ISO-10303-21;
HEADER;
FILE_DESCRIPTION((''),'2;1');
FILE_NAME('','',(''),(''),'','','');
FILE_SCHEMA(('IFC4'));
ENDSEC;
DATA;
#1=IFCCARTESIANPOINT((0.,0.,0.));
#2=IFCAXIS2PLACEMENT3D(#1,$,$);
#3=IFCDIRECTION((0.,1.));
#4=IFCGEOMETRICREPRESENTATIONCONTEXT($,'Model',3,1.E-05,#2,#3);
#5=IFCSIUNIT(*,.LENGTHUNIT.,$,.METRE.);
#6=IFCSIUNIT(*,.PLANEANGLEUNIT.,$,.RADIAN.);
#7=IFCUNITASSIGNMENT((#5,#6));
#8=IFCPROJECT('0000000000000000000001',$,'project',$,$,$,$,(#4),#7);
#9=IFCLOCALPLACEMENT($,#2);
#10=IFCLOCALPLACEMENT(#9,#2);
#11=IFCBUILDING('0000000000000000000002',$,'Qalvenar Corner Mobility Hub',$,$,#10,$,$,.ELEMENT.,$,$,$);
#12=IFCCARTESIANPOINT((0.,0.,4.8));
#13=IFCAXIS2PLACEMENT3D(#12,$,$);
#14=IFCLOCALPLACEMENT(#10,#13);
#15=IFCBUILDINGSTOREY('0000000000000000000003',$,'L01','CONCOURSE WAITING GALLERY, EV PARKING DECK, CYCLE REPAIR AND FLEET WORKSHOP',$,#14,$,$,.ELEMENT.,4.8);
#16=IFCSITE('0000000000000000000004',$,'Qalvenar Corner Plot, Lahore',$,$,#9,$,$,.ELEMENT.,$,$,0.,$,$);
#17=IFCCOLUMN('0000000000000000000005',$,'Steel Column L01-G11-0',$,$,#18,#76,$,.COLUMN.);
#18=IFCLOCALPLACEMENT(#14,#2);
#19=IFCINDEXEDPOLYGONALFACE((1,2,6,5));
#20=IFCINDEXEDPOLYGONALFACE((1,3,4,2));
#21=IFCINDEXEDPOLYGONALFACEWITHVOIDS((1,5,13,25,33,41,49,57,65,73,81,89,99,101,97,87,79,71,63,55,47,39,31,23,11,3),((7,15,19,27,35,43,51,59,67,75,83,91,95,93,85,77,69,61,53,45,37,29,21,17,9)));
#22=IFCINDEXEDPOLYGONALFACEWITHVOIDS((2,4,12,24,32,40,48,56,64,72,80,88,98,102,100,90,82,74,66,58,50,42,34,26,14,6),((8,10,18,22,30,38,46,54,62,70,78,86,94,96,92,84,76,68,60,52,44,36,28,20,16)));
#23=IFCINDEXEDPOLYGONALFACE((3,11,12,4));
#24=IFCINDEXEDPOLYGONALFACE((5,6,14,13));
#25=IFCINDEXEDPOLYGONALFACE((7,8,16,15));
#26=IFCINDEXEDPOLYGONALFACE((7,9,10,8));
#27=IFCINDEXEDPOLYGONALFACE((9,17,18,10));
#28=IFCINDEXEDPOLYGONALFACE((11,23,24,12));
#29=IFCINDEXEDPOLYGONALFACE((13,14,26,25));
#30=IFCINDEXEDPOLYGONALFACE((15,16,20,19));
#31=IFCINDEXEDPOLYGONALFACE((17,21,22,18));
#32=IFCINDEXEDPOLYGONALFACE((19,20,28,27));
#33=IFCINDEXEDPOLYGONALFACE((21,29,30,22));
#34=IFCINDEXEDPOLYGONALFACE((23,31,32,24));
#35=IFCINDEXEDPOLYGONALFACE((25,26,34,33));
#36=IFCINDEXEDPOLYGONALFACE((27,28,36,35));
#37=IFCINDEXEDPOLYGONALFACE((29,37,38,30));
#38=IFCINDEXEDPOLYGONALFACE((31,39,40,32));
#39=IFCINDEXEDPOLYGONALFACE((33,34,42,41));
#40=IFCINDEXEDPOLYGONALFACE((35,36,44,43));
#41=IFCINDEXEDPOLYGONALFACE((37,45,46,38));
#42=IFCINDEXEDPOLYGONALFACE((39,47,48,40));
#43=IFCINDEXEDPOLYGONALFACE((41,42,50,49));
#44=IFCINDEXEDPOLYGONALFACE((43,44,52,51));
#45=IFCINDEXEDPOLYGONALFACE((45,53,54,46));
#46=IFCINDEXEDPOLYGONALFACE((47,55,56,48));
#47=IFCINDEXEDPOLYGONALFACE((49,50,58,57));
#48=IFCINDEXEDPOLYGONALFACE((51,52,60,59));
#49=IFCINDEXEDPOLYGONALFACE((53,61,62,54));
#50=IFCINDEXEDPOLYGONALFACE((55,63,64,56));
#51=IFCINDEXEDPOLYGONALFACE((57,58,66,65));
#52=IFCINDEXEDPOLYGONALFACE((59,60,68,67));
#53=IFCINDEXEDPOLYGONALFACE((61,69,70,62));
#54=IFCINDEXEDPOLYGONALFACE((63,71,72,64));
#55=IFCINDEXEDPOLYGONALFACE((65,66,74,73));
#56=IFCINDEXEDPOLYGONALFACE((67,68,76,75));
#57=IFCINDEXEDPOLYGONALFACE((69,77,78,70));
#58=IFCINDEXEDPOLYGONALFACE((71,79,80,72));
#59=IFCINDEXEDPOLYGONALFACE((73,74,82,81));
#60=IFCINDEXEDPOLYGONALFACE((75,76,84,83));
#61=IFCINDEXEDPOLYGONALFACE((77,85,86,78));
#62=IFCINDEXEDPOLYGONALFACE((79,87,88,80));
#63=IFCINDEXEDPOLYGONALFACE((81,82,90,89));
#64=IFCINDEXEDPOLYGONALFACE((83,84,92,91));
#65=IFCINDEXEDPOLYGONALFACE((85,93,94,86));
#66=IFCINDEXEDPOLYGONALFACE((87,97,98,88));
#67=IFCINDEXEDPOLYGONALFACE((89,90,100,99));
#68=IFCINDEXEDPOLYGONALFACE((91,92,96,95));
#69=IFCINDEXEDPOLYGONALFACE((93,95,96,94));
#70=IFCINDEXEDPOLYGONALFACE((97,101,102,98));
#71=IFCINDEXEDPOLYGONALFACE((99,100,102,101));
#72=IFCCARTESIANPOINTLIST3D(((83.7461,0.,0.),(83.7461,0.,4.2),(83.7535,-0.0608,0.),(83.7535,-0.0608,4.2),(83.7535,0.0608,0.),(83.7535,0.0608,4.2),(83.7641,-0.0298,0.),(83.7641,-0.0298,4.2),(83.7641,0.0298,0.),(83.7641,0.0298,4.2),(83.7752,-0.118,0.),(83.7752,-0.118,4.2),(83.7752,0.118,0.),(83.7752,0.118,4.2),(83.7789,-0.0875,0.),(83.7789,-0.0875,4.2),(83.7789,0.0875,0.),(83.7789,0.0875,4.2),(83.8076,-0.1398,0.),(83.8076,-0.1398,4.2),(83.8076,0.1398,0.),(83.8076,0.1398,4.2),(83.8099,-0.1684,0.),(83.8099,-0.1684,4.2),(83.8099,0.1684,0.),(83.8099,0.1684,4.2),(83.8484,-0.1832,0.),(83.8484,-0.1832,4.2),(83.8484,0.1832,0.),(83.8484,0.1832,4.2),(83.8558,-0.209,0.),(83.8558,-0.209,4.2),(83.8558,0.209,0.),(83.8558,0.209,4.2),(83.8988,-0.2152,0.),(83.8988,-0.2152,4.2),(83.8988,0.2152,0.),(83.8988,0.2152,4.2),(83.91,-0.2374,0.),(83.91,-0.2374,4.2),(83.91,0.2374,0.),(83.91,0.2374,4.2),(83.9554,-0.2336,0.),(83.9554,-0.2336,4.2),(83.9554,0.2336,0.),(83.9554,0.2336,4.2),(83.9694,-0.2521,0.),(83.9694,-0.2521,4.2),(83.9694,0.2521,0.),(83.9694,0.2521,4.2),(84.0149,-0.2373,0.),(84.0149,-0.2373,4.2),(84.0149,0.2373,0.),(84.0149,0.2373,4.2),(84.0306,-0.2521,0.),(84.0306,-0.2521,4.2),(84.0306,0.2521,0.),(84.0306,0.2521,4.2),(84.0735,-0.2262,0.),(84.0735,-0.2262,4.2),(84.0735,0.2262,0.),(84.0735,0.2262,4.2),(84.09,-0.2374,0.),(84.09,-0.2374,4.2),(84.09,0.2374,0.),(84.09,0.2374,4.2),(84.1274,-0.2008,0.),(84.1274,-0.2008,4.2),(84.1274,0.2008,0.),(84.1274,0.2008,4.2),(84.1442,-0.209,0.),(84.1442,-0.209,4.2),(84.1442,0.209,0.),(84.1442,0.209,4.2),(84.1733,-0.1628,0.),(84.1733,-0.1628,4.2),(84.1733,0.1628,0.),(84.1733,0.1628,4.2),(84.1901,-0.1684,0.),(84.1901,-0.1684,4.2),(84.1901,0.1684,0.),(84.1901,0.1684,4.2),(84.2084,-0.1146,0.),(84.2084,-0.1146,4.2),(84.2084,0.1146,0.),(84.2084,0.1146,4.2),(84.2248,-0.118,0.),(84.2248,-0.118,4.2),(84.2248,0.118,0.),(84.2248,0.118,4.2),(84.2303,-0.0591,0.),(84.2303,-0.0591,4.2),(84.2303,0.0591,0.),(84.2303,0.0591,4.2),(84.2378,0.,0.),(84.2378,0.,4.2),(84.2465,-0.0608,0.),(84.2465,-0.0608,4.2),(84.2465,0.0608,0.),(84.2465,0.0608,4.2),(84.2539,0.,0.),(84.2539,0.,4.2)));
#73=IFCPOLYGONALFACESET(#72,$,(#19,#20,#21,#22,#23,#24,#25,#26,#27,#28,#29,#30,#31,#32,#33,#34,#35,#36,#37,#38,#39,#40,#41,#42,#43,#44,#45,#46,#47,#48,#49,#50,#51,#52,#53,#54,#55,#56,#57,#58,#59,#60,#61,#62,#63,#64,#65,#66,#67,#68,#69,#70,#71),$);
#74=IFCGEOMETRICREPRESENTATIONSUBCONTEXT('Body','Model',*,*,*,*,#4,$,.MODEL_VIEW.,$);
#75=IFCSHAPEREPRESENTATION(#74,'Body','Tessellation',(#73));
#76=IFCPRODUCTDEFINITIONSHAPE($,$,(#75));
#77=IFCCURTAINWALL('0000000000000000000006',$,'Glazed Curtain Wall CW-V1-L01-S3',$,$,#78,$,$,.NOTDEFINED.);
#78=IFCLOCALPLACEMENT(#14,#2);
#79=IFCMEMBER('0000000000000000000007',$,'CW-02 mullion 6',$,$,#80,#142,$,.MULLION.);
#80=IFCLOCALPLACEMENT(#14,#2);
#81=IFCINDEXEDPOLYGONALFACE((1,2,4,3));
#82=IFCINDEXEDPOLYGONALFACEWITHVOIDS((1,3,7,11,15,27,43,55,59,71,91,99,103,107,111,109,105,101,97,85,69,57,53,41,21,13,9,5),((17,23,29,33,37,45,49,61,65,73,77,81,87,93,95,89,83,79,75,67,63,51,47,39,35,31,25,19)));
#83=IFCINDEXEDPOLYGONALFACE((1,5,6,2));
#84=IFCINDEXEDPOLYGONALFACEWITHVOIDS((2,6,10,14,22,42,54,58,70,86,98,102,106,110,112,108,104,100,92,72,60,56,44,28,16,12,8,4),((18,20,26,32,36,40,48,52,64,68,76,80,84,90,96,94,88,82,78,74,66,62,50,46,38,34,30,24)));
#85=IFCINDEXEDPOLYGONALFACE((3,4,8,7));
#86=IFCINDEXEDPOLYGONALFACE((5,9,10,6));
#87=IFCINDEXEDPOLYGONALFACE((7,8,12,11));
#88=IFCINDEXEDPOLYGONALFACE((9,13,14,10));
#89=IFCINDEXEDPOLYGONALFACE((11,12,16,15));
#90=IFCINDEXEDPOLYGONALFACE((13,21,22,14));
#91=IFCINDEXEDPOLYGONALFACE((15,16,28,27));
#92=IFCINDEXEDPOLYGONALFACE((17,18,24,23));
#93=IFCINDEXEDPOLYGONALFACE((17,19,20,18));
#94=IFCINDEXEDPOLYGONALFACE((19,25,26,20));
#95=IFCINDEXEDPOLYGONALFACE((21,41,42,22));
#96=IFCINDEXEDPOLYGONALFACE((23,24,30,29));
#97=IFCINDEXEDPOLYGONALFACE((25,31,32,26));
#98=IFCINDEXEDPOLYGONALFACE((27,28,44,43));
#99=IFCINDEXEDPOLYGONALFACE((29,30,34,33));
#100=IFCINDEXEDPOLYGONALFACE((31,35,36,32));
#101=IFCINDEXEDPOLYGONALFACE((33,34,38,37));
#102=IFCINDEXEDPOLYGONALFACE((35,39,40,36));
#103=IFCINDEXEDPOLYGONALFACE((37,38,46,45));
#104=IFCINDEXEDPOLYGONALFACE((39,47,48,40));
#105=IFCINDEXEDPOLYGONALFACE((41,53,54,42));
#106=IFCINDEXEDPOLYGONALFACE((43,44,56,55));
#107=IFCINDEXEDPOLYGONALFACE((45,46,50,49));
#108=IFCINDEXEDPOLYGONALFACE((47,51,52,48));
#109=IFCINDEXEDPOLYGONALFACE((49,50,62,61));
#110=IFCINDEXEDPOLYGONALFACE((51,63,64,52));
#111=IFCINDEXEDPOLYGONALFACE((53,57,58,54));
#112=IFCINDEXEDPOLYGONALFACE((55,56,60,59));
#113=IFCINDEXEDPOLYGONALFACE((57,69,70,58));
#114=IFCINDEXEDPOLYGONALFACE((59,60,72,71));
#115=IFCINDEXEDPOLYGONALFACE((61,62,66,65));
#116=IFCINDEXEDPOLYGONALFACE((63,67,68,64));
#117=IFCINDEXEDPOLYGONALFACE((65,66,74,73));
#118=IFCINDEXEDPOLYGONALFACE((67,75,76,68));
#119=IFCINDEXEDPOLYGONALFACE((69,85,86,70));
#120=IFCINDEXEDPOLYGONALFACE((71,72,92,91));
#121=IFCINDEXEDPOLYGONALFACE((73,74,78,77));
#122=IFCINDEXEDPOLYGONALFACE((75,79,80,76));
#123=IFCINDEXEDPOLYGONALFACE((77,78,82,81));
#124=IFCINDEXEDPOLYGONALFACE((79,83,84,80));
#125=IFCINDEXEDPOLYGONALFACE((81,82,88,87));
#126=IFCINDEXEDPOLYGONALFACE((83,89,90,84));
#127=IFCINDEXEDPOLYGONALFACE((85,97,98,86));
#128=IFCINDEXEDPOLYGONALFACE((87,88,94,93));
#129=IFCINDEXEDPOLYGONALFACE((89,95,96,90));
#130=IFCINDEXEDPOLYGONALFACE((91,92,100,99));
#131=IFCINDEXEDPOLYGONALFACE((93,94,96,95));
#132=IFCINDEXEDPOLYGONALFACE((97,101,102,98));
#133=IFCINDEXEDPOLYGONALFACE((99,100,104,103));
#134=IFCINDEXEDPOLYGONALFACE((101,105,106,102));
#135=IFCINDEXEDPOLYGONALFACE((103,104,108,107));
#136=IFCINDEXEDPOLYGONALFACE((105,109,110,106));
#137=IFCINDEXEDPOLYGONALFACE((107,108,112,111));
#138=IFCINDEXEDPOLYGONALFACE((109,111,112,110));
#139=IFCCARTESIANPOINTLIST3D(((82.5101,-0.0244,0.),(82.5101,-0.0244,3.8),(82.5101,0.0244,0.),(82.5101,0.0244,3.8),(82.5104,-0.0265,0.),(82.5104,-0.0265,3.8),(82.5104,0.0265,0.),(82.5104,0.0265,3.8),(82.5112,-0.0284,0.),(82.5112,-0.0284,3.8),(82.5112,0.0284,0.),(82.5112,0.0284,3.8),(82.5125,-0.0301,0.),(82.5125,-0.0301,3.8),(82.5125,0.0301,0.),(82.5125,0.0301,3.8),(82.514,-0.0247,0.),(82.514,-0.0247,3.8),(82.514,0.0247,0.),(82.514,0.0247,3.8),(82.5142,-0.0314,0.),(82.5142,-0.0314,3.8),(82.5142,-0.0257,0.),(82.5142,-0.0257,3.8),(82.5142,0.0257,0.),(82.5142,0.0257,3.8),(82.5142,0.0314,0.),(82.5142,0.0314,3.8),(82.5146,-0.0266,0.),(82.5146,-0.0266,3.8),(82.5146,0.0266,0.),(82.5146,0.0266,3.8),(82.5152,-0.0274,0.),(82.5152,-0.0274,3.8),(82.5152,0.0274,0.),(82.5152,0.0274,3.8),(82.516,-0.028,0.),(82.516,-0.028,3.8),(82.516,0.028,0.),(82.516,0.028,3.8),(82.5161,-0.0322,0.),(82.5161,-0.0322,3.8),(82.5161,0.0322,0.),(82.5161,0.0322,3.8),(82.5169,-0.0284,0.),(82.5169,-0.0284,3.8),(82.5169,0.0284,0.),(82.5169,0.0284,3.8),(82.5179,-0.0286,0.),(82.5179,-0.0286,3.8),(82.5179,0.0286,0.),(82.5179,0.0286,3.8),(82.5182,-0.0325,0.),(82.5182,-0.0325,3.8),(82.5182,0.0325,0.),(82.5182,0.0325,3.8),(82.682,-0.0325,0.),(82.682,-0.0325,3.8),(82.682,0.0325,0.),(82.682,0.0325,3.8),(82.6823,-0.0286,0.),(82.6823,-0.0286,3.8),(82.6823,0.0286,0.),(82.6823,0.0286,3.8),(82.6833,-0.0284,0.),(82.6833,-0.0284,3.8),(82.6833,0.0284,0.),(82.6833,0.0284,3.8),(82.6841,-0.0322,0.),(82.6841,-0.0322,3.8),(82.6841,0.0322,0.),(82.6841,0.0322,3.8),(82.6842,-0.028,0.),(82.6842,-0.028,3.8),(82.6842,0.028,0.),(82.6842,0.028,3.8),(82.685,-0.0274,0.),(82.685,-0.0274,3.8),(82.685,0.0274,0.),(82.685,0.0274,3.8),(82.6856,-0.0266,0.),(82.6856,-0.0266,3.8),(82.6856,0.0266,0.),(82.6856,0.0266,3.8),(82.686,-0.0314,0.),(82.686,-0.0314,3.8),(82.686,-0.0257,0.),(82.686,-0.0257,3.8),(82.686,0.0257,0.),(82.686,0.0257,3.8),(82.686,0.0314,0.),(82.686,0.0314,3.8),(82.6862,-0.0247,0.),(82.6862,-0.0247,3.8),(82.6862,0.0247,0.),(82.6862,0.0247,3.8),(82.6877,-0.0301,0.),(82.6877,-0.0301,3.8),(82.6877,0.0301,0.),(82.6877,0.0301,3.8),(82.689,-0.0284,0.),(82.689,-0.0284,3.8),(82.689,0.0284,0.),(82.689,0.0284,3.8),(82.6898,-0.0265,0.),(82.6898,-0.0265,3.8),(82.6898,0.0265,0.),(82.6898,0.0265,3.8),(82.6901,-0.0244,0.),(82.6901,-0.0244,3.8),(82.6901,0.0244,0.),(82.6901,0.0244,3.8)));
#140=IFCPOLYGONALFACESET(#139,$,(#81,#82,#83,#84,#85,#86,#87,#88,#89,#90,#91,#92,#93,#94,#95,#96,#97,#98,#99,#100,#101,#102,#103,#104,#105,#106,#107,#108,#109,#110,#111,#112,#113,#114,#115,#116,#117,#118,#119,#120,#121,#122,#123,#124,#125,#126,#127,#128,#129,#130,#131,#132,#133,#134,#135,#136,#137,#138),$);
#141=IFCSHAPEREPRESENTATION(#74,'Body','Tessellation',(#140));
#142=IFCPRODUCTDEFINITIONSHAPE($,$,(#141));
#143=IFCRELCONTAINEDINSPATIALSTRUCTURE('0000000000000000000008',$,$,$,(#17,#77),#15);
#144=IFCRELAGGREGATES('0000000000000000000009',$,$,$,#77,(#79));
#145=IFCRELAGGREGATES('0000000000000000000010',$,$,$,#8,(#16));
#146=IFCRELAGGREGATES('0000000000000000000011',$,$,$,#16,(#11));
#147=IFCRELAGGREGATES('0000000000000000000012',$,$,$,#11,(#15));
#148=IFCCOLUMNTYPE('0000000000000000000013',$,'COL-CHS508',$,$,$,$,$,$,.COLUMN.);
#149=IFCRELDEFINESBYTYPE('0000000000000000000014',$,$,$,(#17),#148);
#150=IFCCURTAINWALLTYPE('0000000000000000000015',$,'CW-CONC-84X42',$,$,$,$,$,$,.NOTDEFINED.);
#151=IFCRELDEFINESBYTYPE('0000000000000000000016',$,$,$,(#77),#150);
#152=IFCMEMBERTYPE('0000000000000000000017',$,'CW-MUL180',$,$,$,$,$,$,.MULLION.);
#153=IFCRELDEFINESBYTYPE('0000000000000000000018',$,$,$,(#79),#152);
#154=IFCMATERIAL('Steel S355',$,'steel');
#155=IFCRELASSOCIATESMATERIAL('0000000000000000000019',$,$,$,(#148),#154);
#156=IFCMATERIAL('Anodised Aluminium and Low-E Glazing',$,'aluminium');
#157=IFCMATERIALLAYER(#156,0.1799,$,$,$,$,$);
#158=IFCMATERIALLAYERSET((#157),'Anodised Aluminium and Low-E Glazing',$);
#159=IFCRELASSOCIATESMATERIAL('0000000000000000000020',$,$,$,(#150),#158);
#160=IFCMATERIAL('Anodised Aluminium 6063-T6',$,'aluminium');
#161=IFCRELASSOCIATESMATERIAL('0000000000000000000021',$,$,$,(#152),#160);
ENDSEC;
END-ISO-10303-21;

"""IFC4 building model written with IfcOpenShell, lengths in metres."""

from ifc_helpers import new_model, si_unit, direction, frame, origin, origin_2d, place, context, subcontext, project, spatial, hollow_rectangle, hollow_circle, extrude, material, layer, layer_set, material_profile, profile_set, type_object, element, aggregate, save


model = new_model("IFC4")

# Units and contexts
model_context = context("Model", 3, precision=1e-05, world=origin(), true_north=direction((0.0, 1.0)))
body_context = subcontext(model_context, "Body", "Model", "MODEL_VIEW")
ifc_project = project(units=[si_unit("LENGTHUNIT", "METRE"), si_unit("PLANEANGLEUNIT", "RADIAN")], contexts=[model_context])

# Site, building, storey
site_placement = place(None, origin())
site = spatial("IfcSite", under=ifc_project, at=site_placement, Name="Qalvenar Corner Plot, Lahore", CompositionType="ELEMENT", RefElevation=0.0)
building_placement = place(site_placement, origin())
building = spatial("IfcBuilding", under=site, at=building_placement, Name="Qalvenar Corner Mobility Hub", CompositionType="ELEMENT")
storey_placement = place(building_placement, frame((0.0, 0.0, 4.8)))
storey = spatial("IfcBuildingStorey", under=building, at=storey_placement, Name="L01", Description="CONCOURSE WAITING GALLERY, EV PARKING DECK, CYCLE REPAIR AND FLEET WORKSHOP", CompositionType="ELEMENT", Elevation=4.8)

# Column
ifc_material_1 = material(Name="Steel S355", Category="steel")
ifc_material_profile_1 = material_profile(ifc_material_1, hollow_circle(Radius=0.2539, WallThickness=0.0161, at=origin_2d()), Name="CHS508x16")
ifc_profile_set_1 = profile_set([ifc_material_profile_1], Name="Steel S355")
column_type = type_object("IfcColumnType", Name="COL-CHS508", PredefinedType="COLUMN", material=ifc_profile_set_1)
column_placement = place(storey_placement, frame((84.0, 0.0, 0.0), z_axis=(0.0, 0.0, 1.0), x_axis=(1.0, 0.0, 0.0)))
element("IfcColumn", 1, at=column_placement, inside=storey, type_object=column_type, Name="Steel Column L01-G11-0", PredefinedType="COLUMN", context=body_context, shape_type="SweptSolid", body=[
    extrude(hollow_circle(Radius=0.2539, WallThickness=0.0161, at=origin_2d()), origin(), (0.0, 0.0, 1.0), 4.2),
])

# Curtain wall, member
ifc_material_2 = material(Name="Anodised Aluminium and Low-E Glazing", Category="aluminium")
ifc_layer_1 = layer(ifc_material_2, 0.1799)
ifc_layer_set_1 = layer_set([ifc_layer_1], Name="Anodised Aluminium and Low-E Glazing")
curtain_wall_type = type_object("IfcCurtainWallType", Name="CW-CONC-84X42", PredefinedType="NOTDEFINED", material=ifc_layer_set_1)
curtain_wall_1_placement = place(storey_placement, origin())
curtain_wall_1 = element("IfcCurtainWall", 2, at=curtain_wall_1_placement, inside=storey, type_object=curtain_wall_type, Name="Glazed Curtain Wall CW-V1-L01-S3", PredefinedType="NOTDEFINED")
ifc_material_3 = material(Name="Anodised Aluminium 6063-T6", Category="aluminium")
ifc_material_profile_2 = material_profile(ifc_material_3, hollow_rectangle(XDim=0.0649, YDim=0.1799, WallThickness=0.0039, InnerFilletRadius=0.0039, OuterFilletRadius=0.0081, at=origin_2d()), Name="RHS180x65x4")
ifc_profile_set_2 = profile_set([ifc_material_profile_2], Name="Anodised Aluminium 6063-T6")
member_type_1 = type_object("IfcMemberType", Name="CW-MUL180", PredefinedType="MULLION", material=ifc_profile_set_2)
member_1_placement = place(storey_placement, frame((82.6001, 0.0, 0.0), z_axis=(0.0, 0.0, 1.0), x_axis=(0.0, 1.0, 0.0)))
member_1 = element("IfcMember", 3, at=member_1_placement, type_object=member_type_1, Name="CW-02 mullion 6", PredefinedType="MULLION", context=body_context, shape_type="SweptSolid", body=[
    extrude(hollow_rectangle(XDim=0.0649, YDim=0.1799, WallThickness=0.0039, InnerFilletRadius=0.0039, OuterFilletRadius=0.0081, at=origin_2d()), origin(), (0.0, 0.0, 1.0), 3.8),
])

aggregate(curtain_wall_1, [member_1])

save(model, "model.ifc")
